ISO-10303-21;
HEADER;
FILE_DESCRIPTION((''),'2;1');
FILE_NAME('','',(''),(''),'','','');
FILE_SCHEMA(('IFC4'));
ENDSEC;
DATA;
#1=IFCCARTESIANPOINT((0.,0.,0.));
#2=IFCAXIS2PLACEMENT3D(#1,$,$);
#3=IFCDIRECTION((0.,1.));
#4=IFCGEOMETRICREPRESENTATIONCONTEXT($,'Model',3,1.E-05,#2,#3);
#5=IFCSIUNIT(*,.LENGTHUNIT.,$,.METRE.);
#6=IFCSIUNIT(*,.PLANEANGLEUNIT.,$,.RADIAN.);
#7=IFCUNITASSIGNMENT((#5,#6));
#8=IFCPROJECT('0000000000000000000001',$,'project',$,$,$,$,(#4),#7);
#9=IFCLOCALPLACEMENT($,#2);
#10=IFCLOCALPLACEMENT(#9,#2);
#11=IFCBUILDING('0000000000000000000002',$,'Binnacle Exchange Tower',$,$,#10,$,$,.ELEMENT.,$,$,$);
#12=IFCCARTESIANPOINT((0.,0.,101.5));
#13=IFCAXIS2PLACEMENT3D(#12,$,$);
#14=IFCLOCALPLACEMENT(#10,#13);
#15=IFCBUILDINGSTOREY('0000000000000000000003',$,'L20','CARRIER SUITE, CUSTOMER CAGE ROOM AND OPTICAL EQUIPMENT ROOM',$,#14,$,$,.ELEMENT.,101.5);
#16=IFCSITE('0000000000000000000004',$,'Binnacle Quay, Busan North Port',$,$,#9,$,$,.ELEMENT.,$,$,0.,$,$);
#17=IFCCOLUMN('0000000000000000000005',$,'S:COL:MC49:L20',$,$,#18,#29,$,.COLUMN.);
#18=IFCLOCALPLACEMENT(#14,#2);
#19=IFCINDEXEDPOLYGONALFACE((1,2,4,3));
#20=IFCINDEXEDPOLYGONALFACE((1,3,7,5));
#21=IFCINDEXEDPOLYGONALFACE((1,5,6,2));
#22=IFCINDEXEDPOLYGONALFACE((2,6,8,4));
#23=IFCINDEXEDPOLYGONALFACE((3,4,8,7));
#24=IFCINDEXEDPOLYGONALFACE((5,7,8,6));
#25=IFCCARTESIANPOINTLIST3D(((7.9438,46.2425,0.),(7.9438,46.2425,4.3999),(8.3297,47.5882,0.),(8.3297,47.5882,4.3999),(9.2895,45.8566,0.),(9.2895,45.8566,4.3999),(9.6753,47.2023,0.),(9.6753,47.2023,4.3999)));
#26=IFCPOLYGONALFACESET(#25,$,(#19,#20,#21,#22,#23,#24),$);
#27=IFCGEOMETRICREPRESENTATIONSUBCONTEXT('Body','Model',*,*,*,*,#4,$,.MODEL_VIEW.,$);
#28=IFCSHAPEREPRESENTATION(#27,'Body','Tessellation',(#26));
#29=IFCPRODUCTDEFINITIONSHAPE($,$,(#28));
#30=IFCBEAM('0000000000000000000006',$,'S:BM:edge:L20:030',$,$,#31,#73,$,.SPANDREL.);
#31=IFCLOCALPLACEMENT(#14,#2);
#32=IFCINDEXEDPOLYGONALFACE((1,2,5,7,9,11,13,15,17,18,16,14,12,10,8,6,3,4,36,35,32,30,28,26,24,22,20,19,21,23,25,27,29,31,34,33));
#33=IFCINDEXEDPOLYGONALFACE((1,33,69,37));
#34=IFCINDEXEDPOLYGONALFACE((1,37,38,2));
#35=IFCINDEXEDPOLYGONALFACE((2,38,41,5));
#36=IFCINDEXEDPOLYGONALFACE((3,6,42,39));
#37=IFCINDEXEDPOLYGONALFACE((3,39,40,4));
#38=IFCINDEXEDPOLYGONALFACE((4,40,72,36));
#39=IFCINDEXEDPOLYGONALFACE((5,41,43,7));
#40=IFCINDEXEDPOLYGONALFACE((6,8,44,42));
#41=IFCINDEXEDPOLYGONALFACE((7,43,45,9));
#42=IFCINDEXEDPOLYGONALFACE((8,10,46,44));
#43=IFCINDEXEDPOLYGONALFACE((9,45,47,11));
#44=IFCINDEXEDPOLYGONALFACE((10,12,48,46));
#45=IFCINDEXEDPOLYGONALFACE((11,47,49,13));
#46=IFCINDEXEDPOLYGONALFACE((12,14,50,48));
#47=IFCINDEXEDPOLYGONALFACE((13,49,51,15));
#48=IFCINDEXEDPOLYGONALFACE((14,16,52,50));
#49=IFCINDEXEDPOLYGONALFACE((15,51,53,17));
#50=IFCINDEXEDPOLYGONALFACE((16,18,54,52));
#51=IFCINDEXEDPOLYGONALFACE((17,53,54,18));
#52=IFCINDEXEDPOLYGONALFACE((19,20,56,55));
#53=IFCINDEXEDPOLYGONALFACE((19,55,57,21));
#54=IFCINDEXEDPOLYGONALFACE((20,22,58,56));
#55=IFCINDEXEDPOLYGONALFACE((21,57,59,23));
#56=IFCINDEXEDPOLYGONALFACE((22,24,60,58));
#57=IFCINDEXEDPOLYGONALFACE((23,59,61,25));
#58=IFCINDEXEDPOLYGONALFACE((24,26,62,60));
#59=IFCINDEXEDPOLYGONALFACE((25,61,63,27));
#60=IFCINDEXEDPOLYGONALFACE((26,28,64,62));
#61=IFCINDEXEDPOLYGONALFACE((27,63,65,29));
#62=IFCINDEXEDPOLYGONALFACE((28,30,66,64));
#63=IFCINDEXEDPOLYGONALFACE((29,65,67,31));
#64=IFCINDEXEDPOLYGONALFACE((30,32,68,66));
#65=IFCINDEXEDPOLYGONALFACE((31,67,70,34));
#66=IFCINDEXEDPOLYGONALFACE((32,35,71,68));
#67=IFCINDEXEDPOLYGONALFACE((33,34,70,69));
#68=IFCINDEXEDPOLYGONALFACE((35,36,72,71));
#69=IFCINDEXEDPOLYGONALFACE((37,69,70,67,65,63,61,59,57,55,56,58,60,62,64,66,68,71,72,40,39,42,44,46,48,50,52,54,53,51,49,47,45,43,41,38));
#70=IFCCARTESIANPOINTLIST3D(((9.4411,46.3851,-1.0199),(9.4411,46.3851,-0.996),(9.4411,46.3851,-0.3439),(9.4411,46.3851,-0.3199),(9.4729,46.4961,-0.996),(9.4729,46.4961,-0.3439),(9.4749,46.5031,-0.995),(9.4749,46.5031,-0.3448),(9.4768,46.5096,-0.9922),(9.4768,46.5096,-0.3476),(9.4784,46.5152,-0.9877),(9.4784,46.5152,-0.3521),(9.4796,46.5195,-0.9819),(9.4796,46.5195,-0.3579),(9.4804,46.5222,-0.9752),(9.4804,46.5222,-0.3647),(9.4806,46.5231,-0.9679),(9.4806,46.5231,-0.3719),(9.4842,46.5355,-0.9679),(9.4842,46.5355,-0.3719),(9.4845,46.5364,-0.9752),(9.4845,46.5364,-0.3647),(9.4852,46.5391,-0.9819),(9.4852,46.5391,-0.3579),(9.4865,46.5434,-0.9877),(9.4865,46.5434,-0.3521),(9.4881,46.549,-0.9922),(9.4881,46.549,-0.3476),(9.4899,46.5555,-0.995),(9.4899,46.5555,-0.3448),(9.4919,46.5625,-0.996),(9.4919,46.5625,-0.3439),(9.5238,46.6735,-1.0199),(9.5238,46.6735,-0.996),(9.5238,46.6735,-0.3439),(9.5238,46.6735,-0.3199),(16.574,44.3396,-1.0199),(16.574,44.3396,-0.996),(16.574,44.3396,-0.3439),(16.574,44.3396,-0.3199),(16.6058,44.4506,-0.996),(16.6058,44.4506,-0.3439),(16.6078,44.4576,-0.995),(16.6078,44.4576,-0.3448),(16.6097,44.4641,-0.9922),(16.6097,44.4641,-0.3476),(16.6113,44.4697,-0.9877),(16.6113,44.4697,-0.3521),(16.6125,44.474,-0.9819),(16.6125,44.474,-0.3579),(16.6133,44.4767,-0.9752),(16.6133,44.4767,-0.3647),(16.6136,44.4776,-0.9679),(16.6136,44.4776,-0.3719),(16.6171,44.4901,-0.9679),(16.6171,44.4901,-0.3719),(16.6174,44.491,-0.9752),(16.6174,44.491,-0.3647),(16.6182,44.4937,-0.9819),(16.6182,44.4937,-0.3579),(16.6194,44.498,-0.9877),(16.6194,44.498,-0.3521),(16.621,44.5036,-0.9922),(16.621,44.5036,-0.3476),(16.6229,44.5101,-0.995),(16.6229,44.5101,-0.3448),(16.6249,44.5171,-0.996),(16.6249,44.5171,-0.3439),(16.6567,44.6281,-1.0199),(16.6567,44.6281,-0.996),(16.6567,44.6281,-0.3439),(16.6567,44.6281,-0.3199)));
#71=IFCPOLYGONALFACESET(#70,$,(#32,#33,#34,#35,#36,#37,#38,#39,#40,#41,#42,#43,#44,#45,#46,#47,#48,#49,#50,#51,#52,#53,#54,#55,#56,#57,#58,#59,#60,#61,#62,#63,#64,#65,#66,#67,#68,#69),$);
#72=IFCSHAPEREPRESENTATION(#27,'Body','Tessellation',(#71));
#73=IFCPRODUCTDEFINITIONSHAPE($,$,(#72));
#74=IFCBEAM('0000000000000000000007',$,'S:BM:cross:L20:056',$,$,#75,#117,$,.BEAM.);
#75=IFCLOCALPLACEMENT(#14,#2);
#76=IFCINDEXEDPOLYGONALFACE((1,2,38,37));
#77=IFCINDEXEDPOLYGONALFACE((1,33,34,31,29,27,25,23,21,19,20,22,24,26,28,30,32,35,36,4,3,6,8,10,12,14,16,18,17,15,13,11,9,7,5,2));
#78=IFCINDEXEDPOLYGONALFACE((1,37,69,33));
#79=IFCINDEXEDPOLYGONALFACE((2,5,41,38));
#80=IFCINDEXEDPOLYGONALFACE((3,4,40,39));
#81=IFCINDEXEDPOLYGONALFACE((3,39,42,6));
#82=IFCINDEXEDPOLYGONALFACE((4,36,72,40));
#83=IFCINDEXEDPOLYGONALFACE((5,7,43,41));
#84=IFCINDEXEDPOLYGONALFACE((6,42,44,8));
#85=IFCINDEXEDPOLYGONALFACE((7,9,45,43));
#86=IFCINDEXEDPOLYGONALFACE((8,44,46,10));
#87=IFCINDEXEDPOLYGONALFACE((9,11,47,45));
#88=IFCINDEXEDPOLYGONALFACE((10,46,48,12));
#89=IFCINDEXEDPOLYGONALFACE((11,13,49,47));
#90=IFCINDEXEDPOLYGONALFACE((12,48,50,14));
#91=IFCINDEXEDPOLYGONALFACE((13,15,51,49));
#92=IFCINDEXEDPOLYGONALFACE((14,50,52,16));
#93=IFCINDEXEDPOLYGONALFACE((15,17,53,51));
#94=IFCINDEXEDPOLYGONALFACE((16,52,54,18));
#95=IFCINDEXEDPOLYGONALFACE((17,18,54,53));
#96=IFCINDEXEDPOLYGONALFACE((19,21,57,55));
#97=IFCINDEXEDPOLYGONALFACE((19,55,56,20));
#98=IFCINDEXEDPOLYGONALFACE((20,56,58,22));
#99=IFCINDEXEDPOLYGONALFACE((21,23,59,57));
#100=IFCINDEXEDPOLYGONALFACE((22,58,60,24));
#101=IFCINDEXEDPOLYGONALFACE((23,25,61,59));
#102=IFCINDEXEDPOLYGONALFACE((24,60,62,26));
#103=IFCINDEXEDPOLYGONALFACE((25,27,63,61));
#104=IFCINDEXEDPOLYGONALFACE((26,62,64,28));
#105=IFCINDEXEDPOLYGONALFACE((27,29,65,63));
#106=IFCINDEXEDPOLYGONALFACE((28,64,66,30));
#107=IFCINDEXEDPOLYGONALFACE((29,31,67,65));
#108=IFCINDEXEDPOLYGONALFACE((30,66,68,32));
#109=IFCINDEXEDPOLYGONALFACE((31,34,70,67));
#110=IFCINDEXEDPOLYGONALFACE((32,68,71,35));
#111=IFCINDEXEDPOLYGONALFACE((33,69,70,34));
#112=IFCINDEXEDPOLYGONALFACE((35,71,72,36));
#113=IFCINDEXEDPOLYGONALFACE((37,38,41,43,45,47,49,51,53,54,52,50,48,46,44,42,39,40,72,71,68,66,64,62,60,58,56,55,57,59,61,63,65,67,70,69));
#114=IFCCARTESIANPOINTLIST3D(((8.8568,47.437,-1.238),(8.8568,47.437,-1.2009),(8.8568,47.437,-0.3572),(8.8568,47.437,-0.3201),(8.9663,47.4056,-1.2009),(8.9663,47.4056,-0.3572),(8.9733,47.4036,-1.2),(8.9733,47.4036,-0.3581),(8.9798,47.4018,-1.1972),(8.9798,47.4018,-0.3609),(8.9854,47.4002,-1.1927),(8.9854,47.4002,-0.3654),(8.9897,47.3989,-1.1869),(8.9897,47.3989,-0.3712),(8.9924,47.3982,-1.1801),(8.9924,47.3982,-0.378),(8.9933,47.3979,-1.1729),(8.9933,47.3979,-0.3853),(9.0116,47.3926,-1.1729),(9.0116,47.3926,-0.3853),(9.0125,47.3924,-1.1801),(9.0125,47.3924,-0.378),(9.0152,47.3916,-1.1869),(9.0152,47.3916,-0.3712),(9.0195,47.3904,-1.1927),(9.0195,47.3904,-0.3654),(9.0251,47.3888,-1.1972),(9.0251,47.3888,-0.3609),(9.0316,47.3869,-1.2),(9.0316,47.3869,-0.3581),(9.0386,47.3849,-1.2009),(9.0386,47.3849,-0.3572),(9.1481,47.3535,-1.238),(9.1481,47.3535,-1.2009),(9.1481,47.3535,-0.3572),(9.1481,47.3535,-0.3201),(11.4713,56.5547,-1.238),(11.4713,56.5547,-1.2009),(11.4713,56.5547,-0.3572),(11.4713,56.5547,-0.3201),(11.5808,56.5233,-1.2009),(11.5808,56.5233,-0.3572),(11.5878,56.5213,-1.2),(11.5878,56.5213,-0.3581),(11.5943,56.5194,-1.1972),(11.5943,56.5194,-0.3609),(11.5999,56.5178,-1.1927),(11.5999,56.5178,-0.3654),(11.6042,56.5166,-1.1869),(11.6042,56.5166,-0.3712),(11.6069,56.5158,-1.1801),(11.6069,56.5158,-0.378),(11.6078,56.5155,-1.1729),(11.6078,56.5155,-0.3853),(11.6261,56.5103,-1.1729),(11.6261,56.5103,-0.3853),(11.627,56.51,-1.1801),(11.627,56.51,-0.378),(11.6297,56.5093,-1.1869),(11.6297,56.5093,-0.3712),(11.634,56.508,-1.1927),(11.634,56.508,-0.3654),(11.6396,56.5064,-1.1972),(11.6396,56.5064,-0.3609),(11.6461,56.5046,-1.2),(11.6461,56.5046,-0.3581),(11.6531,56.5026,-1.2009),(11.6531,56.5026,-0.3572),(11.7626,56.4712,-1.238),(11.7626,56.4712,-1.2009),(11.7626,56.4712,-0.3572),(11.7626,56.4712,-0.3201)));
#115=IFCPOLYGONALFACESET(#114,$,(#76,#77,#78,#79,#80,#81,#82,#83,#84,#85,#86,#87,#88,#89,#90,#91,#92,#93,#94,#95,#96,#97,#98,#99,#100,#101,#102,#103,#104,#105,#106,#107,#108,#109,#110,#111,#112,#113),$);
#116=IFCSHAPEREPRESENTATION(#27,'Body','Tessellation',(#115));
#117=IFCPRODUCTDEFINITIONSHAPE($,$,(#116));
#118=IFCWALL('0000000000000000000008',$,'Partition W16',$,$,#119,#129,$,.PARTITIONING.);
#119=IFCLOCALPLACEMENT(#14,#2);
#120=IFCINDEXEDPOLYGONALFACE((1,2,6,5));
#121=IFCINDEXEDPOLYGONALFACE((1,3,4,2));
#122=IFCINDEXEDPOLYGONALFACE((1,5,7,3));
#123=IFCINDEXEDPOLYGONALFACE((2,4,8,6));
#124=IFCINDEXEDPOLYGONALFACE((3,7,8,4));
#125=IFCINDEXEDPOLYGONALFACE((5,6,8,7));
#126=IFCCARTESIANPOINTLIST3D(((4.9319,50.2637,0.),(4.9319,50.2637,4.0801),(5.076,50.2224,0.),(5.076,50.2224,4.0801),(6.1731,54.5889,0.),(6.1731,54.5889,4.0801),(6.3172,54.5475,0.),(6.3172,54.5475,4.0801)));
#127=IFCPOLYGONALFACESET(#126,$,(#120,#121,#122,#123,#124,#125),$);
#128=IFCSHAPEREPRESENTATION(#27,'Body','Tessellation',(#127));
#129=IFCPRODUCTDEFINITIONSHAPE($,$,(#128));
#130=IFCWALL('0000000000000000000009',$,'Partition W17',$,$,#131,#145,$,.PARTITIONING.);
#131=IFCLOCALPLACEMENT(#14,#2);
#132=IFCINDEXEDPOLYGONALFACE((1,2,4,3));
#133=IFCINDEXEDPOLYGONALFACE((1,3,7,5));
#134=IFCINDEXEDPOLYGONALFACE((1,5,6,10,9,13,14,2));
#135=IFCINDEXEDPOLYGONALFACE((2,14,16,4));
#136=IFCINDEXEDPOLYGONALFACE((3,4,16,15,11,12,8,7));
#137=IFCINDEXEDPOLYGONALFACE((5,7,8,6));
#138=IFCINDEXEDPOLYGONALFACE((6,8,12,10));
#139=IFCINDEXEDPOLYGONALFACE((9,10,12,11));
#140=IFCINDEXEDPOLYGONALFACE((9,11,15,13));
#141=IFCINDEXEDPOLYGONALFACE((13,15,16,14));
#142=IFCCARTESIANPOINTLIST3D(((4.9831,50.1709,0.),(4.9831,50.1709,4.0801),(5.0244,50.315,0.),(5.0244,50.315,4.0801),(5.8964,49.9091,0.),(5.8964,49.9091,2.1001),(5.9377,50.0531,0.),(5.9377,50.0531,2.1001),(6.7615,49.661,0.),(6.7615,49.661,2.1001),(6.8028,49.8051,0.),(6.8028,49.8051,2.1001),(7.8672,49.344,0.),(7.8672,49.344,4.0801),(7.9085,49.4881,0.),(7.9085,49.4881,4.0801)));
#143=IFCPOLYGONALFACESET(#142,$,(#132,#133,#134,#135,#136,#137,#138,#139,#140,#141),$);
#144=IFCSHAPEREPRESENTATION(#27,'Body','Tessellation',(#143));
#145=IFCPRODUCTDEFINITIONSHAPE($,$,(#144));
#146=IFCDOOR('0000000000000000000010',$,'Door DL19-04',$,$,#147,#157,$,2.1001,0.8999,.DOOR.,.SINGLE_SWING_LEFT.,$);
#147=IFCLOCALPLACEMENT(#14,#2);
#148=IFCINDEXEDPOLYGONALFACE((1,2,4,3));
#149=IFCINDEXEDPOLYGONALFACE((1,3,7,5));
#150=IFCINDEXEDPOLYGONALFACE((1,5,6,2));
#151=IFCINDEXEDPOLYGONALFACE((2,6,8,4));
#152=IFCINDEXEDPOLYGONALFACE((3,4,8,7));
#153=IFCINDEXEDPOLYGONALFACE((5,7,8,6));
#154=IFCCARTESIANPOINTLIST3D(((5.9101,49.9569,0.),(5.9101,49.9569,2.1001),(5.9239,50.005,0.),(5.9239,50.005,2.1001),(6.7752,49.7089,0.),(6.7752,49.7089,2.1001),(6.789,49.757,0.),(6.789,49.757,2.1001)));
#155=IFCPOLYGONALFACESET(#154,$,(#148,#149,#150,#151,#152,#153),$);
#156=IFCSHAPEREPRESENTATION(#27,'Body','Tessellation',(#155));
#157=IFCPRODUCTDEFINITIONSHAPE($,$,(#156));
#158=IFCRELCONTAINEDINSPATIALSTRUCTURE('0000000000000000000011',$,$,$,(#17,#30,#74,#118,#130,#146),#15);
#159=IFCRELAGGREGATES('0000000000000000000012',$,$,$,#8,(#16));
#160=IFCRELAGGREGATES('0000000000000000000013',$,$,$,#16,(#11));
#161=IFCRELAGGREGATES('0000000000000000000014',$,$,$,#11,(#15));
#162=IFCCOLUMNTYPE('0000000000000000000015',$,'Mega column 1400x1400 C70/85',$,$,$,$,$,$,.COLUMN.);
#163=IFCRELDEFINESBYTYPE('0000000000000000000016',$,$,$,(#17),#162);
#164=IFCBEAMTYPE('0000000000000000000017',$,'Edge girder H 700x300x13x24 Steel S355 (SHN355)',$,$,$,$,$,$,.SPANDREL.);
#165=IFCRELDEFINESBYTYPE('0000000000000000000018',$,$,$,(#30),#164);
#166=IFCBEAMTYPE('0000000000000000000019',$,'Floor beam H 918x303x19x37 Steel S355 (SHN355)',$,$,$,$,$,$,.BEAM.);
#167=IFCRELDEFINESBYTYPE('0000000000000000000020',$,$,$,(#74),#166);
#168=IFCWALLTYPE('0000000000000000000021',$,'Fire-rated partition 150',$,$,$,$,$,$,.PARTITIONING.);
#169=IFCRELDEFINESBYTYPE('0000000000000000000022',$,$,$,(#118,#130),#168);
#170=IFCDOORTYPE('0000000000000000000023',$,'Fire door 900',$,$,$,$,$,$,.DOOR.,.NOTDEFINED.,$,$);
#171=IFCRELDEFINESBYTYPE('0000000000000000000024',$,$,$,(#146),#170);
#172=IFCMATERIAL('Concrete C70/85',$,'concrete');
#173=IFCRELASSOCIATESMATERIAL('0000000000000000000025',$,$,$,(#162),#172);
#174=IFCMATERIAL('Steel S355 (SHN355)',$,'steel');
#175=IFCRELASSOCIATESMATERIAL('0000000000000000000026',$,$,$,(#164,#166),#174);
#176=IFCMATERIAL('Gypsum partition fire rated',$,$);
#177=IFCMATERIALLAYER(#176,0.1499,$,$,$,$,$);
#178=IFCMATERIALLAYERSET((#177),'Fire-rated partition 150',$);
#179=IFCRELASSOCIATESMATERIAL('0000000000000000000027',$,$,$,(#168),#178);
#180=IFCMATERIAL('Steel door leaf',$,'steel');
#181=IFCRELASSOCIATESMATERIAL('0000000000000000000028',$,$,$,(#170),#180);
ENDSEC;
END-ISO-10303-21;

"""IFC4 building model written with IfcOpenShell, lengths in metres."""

from ifc_helpers import new_model, si_unit, direction, frame, frame_2d, origin, origin_2d, place, context, subcontext, project, spatial, rectangle, i_section, extrude, material, layer, layer_set, material_profile, profile_set, type_object, element, fill, save


model = new_model("IFC4")

# Units and contexts
model_context = context("Model", 3, precision=1e-05, world=origin(), true_north=direction((0.0, 1.0)))
body_context = subcontext(model_context, "Body", "Model", "MODEL_VIEW")
ifc_project = project(units=[si_unit("LENGTHUNIT", "METRE"), si_unit("PLANEANGLEUNIT", "RADIAN")], contexts=[model_context])

# Site, building, storey
site_placement = place(None, origin())
site = spatial("IfcSite", under=ifc_project, at=site_placement, Name="Binnacle Quay, Busan North Port", CompositionType="ELEMENT", RefElevation=0.0)
building_placement = place(site_placement, origin())
building = spatial("IfcBuilding", under=site, at=building_placement, Name="Binnacle Exchange Tower", CompositionType="ELEMENT")
storey_placement = place(building_placement, frame((0.0, 0.0, 101.5)))
storey = spatial("IfcBuildingStorey", under=building, at=storey_placement, Name="L20", Description="CARRIER SUITE, CUSTOMER CAGE ROOM AND OPTICAL EQUIPMENT ROOM", CompositionType="ELEMENT", Elevation=101.5)

# Column
ifc_material_1 = material(Name="Concrete C70/85", Category="concrete")
ifc_material_profile_1 = material_profile(ifc_material_1, rectangle(XDim=1.3999, YDim=1.3999, at=origin_2d()), Name="Mega column 1400x1400 C70/85")
ifc_profile_set_1 = profile_set([ifc_material_profile_1], Name="Concrete C70/85")
column_type = type_object("IfcColumnType", Name="Mega column 1400x1400 C70/85", PredefinedType="COLUMN", material=ifc_profile_set_1)
column_placement = place(storey_placement, frame((8.8096, 46.7224, 0.0), z_axis=(0.0, 0.0, 1.0), x_axis=(0.961262, -0.275637, 0.0)))
element("IfcColumn", 1, at=column_placement, inside=storey, type_object=column_type, Name="S:COL:MC49:L20", PredefinedType="COLUMN", context=body_context, shape_type="SweptSolid", body=[
    extrude(rectangle(XDim=1.3999, YDim=1.3999, at=origin_2d()), origin(), (0.0, 0.0, 1.0), 4.3999),
])

# Beams
ifc_material_2 = material(Name="Steel S355 (SHN355)", Category="steel")
ifc_material_profile_2 = material_profile(ifc_material_2, i_section(OverallWidth=0.3, OverallDepth=0.7, WebThickness=0.0129, FlangeThickness=0.0239, FilletRadius=0.0281, at=origin_2d()), Name="H 700x300x13x24")
ifc_profile_set_2 = profile_set([ifc_material_profile_2], Name="Steel S355 (SHN355)")
beam_type_1 = type_object("IfcBeamType", Name="Edge girder H 700x300x13x24 Steel S355 (SHN355)", PredefinedType="SPANDREL", material=ifc_profile_set_2)
beam_1_placement = place(storey_placement, frame((9.4824, 46.5293, -0.6699), z_axis=(0.961258, -0.275651, 0.0), x_axis=(0.275651, 0.961258, 0.0)))
element("IfcBeam", 2, at=beam_1_placement, inside=storey, type_object=beam_type_1, Name="S:BM:edge:L20:030", PredefinedType="SPANDREL", context=body_context, shape_type="SweptSolid", body=[
    extrude(i_section(OverallWidth=0.3, OverallDepth=0.7, WebThickness=0.0129, FlangeThickness=0.0239, FilletRadius=0.0281, at=origin_2d()), origin(), (0.0, 0.0, 1.0), 7.4204),
])
ifc_material_profile_3 = material_profile(ifc_material_2, i_section(OverallWidth=0.303, OverallDepth=0.918, WebThickness=0.019, FlangeThickness=0.0371, FilletRadius=0.0281, at=origin_2d()), Name="H 918x303x19x37")
ifc_profile_set_3 = profile_set([ifc_material_profile_3], Name="Steel S355 (SHN355)")
beam_type_2 = type_object("IfcBeamType", Name="Floor beam H 918x303x19x37 Steel S355 (SHN355)", PredefinedType="BEAM", material=ifc_profile_set_3)
beam_2_placement = place(storey_placement, frame((9.0024, 47.3953, -0.7791), z_axis=(0.275642, 0.96126, 0.0), x_axis=(-0.96126, 0.275642, 0.0)))
element("IfcBeam", 3, at=beam_2_placement, inside=storey, type_object=beam_type_2, Name="S:BM:cross:L20:056", PredefinedType="BEAM", context=body_context, shape_type="SweptSolid", body=[
    extrude(i_section(OverallWidth=0.303, OverallDepth=0.918, WebThickness=0.019, FlangeThickness=0.0371, FilletRadius=0.0281, at=origin_2d()), origin(), (0.0, 0.0, 1.0), 9.4851),
])

# Wall
ifc_material_3 = material(Name="Gypsum partition fire rated")
ifc_layer_1 = layer(ifc_material_3, 0.1499)
ifc_layer_set_1 = layer_set([ifc_layer_1], Name="Fire-rated partition 150")
wall_type_1 = type_object("IfcWallType", Name="Fire-rated partition 150", PredefinedType="PARTITIONING", material=ifc_layer_set_1)
wall_1_placement = place(storey_placement, frame((5.0039, 50.2429, 0.0), z_axis=(0.0, 0.0, 1.0), x_axis=(0.275839, 0.961204, 0.0)))
element("IfcWall", 4, at=wall_1_placement, inside=storey, type_object=wall_type_1, Name="Partition W16", PredefinedType="PARTITIONING", context=body_context, shape_type="SweptSolid", body=[
    extrude(rectangle(XDim=4.4998, YDim=0.1499, at=frame_2d((2.25, 0.0))), origin(), (0.0, 0.0, 1.0), 4.0801),
])

# Wall, opening, door
wall_2_placement = place(storey_placement, frame((5.0039, 50.2429, 0.0), z_axis=(0.0, 0.0, 1.0), x_axis=(0.961269, -0.275613, 0.0)))
wall_2 = element("IfcWall", 5, at=wall_2_placement, inside=storey, type_object=wall_type_1, Name="Partition W17", PredefinedType="PARTITIONING", context=body_context, shape_type="SweptSolid", body=[
    extrude(rectangle(XDim=3.0002, YDim=0.1499, at=frame_2d((1.5, 0.0))), origin(), (0.0, 0.0, 1.0), 4.0801),
])
opening_1_placement = place(wall_2_placement, frame((0.95, 0.0, 0.0)))
opening_1 = element("IfcOpeningElement", 6, at=opening_1_placement, cuts=wall_2, PredefinedType="OPENING", context=body_context, shape_type="SweptSolid", body=[
    extrude(rectangle(XDim=0.8999, YDim=2.1001, at=frame_2d((0.45, 1.05))), frame((0.0, 0.085, 0.0), z_axis=(0.0, -1.0, 0.0), x_axis=(1.0, 0.0, 0.0)), (0.0, 0.0, 1.0), 0.1699),
])
ifc_material_4 = material(Name="Steel door leaf", Category="steel")
door_type = type_object("IfcDoorType", Name="Fire door 900", OperationType="NOTDEFINED", PredefinedType="DOOR", material=ifc_material_4)
door_1_placement = place(opening_1_placement, origin())
door_1 = element("IfcDoor", 7, at=door_1_placement, inside=storey, type_object=door_type, Name="Door DL19-04", OperationType="SINGLE_SWING_LEFT", OverallHeight=2.1001, OverallWidth=0.8999, PredefinedType="DOOR", context=body_context, shape_type="SweptSolid", body=[
    extrude(rectangle(XDim=0.8999, YDim=2.1001, at=frame_2d((0.45, 1.05))), frame((0.0, 0.0249, 0.0), z_axis=(0.0, -1.0, 0.0), x_axis=(1.0, 0.0, 0.0)), (0.0, 0.0, 1.0), 0.05),
])
fill(opening_1, door_1)

save(model, "model.ifc")
